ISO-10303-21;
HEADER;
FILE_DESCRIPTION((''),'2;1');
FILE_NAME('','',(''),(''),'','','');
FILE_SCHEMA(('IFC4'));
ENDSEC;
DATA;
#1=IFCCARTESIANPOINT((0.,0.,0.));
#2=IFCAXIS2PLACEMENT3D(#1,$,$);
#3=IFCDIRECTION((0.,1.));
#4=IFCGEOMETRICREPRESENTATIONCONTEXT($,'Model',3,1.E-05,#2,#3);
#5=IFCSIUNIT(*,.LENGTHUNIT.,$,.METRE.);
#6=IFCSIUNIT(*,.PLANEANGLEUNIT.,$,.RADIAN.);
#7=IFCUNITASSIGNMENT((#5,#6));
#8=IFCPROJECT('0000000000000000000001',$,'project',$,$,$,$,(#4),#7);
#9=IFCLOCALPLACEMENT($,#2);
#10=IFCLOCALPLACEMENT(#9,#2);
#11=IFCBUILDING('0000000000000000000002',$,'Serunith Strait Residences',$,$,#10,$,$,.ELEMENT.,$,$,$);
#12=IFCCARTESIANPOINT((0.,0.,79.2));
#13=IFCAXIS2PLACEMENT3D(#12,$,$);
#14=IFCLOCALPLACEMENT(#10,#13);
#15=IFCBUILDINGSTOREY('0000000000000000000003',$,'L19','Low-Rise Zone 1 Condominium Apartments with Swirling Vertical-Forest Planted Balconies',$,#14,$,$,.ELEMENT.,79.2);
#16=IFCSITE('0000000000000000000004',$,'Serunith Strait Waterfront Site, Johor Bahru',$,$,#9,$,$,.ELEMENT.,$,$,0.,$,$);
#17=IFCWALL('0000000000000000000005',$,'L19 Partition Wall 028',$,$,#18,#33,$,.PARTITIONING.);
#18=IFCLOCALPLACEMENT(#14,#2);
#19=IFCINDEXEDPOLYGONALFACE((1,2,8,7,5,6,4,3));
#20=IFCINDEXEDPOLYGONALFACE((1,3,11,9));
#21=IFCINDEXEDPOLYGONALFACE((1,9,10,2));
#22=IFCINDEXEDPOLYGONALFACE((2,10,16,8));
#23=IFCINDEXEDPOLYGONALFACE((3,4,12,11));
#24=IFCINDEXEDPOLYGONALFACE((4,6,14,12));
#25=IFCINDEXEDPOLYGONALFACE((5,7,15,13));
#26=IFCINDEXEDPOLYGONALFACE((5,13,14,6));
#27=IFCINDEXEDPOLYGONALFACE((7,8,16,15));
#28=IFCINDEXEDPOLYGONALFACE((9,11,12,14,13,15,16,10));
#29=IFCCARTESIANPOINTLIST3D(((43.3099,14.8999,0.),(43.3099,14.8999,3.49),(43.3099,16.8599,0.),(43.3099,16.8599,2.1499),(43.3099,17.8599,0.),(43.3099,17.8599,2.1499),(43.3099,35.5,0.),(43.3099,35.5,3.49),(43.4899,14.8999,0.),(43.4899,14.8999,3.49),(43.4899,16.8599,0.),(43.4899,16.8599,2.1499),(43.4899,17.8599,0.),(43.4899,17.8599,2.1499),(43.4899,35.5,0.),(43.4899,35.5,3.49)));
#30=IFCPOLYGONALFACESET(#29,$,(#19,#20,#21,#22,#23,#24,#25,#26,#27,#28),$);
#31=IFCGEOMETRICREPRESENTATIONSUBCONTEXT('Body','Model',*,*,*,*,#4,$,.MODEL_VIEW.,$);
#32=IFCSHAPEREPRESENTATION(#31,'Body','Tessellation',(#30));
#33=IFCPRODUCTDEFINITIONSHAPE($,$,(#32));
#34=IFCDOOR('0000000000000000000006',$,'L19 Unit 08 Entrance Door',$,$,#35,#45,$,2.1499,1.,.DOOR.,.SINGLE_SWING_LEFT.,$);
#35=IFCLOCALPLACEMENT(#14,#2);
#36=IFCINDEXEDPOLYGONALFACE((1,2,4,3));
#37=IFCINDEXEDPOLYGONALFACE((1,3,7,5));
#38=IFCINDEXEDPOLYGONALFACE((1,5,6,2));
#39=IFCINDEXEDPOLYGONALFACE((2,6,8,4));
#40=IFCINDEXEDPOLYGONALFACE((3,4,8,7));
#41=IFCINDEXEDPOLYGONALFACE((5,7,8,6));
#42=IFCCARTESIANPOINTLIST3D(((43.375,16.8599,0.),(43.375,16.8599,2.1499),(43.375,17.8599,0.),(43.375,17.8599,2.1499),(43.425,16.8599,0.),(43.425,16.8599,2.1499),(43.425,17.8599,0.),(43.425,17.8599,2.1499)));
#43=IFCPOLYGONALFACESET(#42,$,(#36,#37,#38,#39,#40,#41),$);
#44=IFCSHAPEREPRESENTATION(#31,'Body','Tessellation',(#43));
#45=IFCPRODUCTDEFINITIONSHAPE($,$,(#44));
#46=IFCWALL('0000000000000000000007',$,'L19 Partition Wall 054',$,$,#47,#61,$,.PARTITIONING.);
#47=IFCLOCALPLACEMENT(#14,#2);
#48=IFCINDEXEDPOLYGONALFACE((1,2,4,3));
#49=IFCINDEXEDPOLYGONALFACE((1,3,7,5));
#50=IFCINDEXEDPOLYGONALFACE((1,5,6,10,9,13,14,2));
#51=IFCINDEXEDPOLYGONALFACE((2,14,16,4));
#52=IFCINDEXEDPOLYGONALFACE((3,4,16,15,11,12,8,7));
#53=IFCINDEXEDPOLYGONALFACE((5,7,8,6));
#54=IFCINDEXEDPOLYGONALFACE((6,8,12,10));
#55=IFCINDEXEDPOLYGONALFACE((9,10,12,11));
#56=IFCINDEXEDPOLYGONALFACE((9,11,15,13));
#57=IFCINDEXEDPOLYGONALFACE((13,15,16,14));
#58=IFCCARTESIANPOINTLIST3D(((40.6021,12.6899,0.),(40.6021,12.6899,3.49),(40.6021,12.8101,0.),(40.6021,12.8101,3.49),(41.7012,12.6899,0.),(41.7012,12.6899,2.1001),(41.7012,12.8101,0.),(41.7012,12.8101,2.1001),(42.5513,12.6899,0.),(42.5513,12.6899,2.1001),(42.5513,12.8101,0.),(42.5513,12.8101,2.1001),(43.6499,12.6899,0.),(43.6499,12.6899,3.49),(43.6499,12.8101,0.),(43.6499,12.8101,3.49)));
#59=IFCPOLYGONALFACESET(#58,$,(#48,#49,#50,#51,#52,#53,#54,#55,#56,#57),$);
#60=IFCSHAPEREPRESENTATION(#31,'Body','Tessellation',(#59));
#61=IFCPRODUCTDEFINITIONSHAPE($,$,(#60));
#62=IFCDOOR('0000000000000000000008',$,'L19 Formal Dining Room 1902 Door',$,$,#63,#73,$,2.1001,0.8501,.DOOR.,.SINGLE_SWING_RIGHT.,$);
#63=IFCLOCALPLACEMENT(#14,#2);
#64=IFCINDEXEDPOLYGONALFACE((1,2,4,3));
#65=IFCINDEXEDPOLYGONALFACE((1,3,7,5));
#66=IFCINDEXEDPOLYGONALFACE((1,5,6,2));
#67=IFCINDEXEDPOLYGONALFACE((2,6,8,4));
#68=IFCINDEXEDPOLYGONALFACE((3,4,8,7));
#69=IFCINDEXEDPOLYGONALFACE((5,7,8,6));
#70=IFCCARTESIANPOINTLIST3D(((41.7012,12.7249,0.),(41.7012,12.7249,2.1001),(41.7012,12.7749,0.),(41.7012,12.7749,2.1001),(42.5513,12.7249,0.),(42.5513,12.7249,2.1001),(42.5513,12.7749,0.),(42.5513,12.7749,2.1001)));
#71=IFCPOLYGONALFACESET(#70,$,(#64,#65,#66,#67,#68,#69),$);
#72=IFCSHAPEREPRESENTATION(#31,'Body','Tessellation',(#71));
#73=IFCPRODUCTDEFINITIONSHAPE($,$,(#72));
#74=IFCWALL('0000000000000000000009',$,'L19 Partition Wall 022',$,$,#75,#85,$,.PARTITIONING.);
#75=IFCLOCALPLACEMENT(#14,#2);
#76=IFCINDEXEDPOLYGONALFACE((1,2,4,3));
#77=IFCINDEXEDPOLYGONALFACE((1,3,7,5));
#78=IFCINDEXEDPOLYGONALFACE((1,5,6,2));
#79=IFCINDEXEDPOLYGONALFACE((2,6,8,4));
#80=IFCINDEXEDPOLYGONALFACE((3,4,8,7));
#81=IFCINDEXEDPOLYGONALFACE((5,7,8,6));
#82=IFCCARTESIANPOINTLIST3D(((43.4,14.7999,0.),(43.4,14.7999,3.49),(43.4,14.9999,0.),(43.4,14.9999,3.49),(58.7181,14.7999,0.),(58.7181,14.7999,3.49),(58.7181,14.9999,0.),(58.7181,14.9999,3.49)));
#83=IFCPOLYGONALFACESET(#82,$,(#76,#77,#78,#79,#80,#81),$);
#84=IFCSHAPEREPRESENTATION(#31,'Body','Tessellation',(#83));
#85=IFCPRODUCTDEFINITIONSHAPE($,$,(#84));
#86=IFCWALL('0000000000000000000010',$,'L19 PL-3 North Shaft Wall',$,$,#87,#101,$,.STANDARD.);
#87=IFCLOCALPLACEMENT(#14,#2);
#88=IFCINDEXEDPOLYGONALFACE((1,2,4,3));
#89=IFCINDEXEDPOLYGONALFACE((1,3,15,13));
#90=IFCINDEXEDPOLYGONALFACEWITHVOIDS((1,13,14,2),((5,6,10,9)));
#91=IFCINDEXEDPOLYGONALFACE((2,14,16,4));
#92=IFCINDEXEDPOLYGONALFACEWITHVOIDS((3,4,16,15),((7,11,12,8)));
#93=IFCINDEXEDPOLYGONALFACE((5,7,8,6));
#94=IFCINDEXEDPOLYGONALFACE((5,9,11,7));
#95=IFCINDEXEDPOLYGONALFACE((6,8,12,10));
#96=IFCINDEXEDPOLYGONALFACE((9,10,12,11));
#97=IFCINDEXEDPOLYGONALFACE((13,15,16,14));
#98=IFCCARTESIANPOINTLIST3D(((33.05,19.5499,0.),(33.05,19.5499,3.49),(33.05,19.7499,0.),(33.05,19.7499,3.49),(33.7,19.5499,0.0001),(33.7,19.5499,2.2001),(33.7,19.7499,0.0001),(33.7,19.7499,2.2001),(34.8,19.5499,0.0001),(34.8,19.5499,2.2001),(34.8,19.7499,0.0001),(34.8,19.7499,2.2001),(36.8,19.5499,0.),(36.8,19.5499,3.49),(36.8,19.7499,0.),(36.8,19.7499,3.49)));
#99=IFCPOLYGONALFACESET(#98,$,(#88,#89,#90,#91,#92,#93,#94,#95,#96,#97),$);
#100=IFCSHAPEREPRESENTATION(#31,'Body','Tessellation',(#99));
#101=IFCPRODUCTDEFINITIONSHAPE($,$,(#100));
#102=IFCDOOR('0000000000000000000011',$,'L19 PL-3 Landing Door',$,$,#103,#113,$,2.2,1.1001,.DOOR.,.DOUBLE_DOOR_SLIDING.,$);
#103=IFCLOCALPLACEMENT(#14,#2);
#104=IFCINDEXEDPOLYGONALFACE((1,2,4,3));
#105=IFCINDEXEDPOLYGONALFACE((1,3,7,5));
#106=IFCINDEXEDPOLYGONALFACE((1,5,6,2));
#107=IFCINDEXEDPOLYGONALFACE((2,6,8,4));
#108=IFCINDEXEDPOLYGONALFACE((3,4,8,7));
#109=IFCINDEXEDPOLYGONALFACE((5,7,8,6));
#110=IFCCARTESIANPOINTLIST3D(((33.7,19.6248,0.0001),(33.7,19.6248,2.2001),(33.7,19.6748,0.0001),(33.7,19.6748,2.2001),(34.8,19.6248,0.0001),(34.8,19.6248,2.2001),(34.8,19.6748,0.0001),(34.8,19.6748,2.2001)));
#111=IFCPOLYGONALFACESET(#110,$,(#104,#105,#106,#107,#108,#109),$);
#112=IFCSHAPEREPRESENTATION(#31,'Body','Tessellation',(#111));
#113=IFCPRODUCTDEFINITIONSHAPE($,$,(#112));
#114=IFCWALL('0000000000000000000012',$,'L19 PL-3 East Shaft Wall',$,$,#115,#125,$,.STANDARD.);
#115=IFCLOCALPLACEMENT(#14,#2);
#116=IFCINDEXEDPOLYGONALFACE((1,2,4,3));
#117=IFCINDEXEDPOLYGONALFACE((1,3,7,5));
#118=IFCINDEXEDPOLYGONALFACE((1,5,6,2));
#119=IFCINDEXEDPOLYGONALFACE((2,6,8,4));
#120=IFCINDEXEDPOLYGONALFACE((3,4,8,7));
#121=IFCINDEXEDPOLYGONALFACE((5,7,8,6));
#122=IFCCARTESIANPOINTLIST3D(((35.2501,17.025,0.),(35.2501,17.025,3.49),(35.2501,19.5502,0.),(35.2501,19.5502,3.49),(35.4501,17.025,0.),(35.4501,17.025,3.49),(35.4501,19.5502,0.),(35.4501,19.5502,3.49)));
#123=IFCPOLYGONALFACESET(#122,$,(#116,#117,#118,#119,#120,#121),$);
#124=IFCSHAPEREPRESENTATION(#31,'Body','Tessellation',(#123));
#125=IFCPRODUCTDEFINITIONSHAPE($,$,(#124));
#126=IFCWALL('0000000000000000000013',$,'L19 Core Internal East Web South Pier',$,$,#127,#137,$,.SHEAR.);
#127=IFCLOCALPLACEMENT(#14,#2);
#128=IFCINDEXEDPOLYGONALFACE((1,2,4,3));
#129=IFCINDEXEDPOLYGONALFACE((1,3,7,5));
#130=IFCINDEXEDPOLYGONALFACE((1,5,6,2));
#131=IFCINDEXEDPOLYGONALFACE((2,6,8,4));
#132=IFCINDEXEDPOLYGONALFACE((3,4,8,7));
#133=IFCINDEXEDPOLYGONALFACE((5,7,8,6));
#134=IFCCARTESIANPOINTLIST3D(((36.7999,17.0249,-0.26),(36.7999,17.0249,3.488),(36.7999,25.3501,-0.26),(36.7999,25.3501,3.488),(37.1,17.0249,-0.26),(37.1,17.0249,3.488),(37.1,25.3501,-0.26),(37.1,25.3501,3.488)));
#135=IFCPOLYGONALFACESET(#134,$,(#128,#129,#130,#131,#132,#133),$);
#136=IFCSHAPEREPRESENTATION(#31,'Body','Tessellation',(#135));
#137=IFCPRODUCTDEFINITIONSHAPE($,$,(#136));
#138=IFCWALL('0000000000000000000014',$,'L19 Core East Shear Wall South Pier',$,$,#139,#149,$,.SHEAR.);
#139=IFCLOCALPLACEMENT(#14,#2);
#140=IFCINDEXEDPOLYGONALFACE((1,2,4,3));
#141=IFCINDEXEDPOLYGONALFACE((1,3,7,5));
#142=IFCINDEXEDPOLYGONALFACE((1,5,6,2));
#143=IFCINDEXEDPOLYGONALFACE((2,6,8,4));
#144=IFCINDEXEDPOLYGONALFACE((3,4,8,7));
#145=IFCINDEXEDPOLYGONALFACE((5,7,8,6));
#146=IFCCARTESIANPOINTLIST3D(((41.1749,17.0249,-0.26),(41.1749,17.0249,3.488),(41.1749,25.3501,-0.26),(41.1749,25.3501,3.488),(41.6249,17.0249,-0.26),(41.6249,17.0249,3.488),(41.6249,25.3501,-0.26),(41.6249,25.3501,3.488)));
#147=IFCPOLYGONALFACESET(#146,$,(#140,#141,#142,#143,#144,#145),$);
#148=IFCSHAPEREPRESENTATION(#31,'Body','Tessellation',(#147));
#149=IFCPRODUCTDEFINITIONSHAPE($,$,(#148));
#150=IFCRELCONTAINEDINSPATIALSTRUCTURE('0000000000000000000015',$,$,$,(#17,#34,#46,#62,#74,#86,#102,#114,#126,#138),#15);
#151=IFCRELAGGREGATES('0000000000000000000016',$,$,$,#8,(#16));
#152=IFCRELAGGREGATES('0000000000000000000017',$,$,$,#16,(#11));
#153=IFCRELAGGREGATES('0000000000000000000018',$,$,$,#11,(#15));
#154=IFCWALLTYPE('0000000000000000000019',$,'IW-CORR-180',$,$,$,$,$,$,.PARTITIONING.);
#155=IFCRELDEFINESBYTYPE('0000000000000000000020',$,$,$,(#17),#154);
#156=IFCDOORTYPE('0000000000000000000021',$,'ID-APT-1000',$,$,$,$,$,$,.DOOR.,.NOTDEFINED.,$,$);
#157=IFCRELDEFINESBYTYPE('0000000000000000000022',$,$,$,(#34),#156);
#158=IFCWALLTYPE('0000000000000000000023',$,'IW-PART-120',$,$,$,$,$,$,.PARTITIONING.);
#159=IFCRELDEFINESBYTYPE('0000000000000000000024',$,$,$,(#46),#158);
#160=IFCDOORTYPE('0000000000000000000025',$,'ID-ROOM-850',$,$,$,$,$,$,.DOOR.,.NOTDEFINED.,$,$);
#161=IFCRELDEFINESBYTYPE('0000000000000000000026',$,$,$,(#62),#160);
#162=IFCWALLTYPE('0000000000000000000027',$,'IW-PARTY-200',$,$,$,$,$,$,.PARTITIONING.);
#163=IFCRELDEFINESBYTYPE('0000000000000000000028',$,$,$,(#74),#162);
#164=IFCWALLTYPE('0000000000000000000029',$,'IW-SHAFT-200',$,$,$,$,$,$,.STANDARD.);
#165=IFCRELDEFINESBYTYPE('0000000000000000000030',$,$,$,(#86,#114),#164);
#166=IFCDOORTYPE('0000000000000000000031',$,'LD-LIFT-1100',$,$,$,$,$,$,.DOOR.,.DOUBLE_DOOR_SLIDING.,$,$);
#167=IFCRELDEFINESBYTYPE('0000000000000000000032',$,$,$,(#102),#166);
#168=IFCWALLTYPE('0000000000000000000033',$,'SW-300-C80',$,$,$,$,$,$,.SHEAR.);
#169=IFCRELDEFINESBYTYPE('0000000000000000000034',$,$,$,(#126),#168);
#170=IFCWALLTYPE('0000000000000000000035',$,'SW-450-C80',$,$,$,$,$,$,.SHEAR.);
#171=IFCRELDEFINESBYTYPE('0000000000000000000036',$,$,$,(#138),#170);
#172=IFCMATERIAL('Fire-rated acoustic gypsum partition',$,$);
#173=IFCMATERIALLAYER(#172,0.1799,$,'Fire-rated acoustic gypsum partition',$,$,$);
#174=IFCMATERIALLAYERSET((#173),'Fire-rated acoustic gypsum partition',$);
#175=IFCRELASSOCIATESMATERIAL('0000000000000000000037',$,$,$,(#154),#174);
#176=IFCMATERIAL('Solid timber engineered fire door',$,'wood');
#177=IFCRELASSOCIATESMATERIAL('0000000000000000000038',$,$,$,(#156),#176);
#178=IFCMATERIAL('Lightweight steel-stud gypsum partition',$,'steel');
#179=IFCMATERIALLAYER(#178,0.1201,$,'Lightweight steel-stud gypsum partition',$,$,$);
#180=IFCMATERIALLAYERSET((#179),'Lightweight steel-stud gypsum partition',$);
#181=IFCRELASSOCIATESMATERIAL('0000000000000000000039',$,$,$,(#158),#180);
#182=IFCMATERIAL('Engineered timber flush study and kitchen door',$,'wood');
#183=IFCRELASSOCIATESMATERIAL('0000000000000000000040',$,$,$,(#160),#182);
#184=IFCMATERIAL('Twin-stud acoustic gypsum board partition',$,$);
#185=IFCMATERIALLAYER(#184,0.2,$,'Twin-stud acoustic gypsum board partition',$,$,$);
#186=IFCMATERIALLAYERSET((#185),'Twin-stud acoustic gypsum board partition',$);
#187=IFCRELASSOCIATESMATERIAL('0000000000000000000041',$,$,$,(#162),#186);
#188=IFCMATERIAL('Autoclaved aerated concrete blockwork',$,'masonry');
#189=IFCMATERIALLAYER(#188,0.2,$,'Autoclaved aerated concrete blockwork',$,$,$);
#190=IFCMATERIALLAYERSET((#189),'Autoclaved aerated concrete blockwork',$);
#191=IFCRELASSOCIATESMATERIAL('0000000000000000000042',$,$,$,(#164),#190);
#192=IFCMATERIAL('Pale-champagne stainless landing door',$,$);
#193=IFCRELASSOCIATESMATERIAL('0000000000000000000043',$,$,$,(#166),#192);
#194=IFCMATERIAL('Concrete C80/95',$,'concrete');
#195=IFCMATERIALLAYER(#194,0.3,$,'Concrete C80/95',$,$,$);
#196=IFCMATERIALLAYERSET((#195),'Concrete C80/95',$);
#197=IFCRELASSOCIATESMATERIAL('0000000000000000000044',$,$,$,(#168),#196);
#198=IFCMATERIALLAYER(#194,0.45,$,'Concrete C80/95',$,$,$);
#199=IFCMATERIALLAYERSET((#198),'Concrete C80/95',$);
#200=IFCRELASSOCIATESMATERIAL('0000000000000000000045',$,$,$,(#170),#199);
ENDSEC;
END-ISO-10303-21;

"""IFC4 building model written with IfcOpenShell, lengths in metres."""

from ifc_helpers import new_model, si_unit, direction, frame, frame_2d, origin, place, context, subcontext, project, spatial, rectangle, extrude, source, transform, mapped, material, layer, layer_set, type_object, element, fill, save


model = new_model("IFC4")

# Units and contexts
model_context = context("Model", 3, precision=1e-05, world=origin(), true_north=direction((0.0, 1.0)))
body_context = subcontext(model_context, "Body", "Model", "MODEL_VIEW")
ifc_project = project(units=[si_unit("LENGTHUNIT", "METRE"), si_unit("PLANEANGLEUNIT", "RADIAN")], contexts=[model_context])

# Site, building, storey
site_placement = place(None, origin())
site = spatial("IfcSite", under=ifc_project, at=site_placement, Name="Serunith Strait Waterfront Site, Johor Bahru", CompositionType="ELEMENT", RefElevation=0.0)
building_placement = place(site_placement, origin())
building = spatial("IfcBuilding", under=site, at=building_placement, Name="Serunith Strait Residences", CompositionType="ELEMENT")
storey_placement = place(building_placement, frame((0.0, 0.0, 79.2)))
storey = spatial("IfcBuildingStorey", under=building, at=storey_placement, Name="L19", Description="Low-Rise Zone 1 Condominium Apartments with Swirling Vertical-Forest Planted Balconies", CompositionType="ELEMENT", Elevation=79.2)

# Walls, openings, doors
ifc_material_1 = material(Name="Fire-rated acoustic gypsum partition")
ifc_layer_1 = layer(ifc_material_1, 0.1799, Name="Fire-rated acoustic gypsum partition")
ifc_layer_set_1 = layer_set([ifc_layer_1], Name="Fire-rated acoustic gypsum partition")
wall_type_1 = type_object("IfcWallType", Name="IW-CORR-180", PredefinedType="PARTITIONING", material=ifc_layer_set_1)
wall_1_placement = place(storey_placement, frame((43.3999, 14.8999, 0.0), z_axis=(0.0, 0.0, 1.0), x_axis=(0.0, 1.0, 0.0)))
wall_1 = element("IfcWall", 1, at=wall_1_placement, inside=storey, type_object=wall_type_1, Name="L19 Partition Wall 028", PredefinedType="PARTITIONING", context=body_context, shape_type="SweptSolid", body=[
    extrude(rectangle(XDim=20.6001, YDim=0.1799, at=frame_2d((10.3, 0.0))), origin(), (0.0, 0.0, 1.0), 3.49),
])
opening_1_placement = place(wall_1_placement, frame((1.96, 0.0, 0.0)))
opening_1 = element("IfcOpeningElement", 2, at=opening_1_placement, cuts=wall_1, PredefinedType="OPENING", context=body_context, shape_type="SweptSolid", body=[
    extrude(rectangle(XDim=1.0, YDim=2.1499, at=frame_2d((0.5, 1.075))), frame((0.0, 0.1001, 0.0), z_axis=(0.0, -1.0, 0.0), x_axis=(1.0, 0.0, 0.0)), (0.0, 0.0, 1.0), 0.2),
])
ifc_material_2 = material(Name="Solid timber engineered fire door", Category="wood")
door_type_1 = type_object("IfcDoorType", Name="ID-APT-1000", OperationType="NOTDEFINED", PredefinedType="DOOR", material=ifc_material_2)
shared_shape_1 = source(origin(), body_context, "Body", "SweptSolid", [
    extrude(rectangle(XDim=1.0, YDim=2.1499, at=frame_2d((0.5, 1.075))), frame((0.0, 0.0249, 0.0), z_axis=(0.0, -1.0, 0.0), x_axis=(1.0, 0.0, 0.0)), (0.0, 0.0, 1.0), 0.05),
])
door_1_placement = place(opening_1_placement, origin())
door_1 = element("IfcDoor", 3, at=door_1_placement, inside=storey, type_object=door_type_1, Name="L19 Unit 08 Entrance Door", OperationType="SINGLE_SWING_LEFT", OverallHeight=2.1499, OverallWidth=1.0, PredefinedType="DOOR", context=body_context, shape_type="MappedRepresentation", body=[
    mapped(shared_shape_1, transform((0.0, 0.0, 0.0), scale=1.0)),
])
fill(opening_1, door_1)
ifc_material_3 = material(Name="Lightweight steel-stud gypsum partition", Category="steel")
ifc_layer_2 = layer(ifc_material_3, 0.1201, Name="Lightweight steel-stud gypsum partition")
ifc_layer_set_2 = layer_set([ifc_layer_2], Name="Lightweight steel-stud gypsum partition")
wall_type_2 = type_object("IfcWallType", Name="IW-PART-120", PredefinedType="PARTITIONING", material=ifc_layer_set_2)
wall_2_placement = place(storey_placement, frame((40.6021, 12.75, 0.0), z_axis=(0.0, 0.0, 1.0), x_axis=(1.0, 0.0, 0.0)))
wall_2 = element("IfcWall", 4, at=wall_2_placement, inside=storey, type_object=wall_type_2, Name="L19 Partition Wall 054", PredefinedType="PARTITIONING", context=body_context, shape_type="SweptSolid", body=[
    extrude(rectangle(XDim=3.0479, YDim=0.1201, at=frame_2d((1.5239, 0.0))), origin(), (0.0, 0.0, 1.0), 3.49),
])
opening_2_placement = place(wall_2_placement, frame((1.0991, 0.0, 0.0)))
opening_2 = element("IfcOpeningElement", 5, at=opening_2_placement, cuts=wall_2, PredefinedType="OPENING", context=body_context, shape_type="SweptSolid", body=[
    extrude(rectangle(XDim=0.8501, YDim=2.1001, at=frame_2d((0.425, 1.05))), frame((0.0, 0.0701, 0.0), z_axis=(0.0, -1.0, 0.0), x_axis=(1.0, 0.0, 0.0)), (0.0, 0.0, 1.0), 0.1401),
])
ifc_material_4 = material(Name="Engineered timber flush study and kitchen door", Category="wood")
door_type_2 = type_object("IfcDoorType", Name="ID-ROOM-850", OperationType="NOTDEFINED", PredefinedType="DOOR", material=ifc_material_4)
shared_shape_2 = source(origin(), body_context, "Body", "SweptSolid", [
    extrude(rectangle(XDim=0.8501, YDim=2.1001, at=frame_2d((0.425, 1.05))), frame((0.0, 0.0249, 0.0), z_axis=(0.0, -1.0, 0.0), x_axis=(1.0, 0.0, 0.0)), (0.0, 0.0, 1.0), 0.05),
])
door_2_placement = place(opening_2_placement, origin())
door_2 = element("IfcDoor", 6, at=door_2_placement, inside=storey, type_object=door_type_2, Name="L19 Formal Dining Room 1902 Door", OperationType="SINGLE_SWING_RIGHT", OverallHeight=2.1001, OverallWidth=0.8501, PredefinedType="DOOR", context=body_context, shape_type="MappedRepresentation", body=[
    mapped(shared_shape_2, transform((0.0, 0.0, 0.0), scale=1.0)),
])
fill(opening_2, door_2)

# Wall
ifc_material_5 = material(Name="Twin-stud acoustic gypsum board partition")
ifc_layer_3 = layer(ifc_material_5, 0.2, Name="Twin-stud acoustic gypsum board partition")
ifc_layer_set_3 = layer_set([ifc_layer_3], Name="Twin-stud acoustic gypsum board partition")
wall_type_3 = type_object("IfcWallType", Name="IW-PARTY-200", PredefinedType="PARTITIONING", material=ifc_layer_set_3)
wall_3_placement = place(storey_placement, frame((43.3999, 14.8999, 0.0), z_axis=(0.0, 0.0, 1.0), x_axis=(1.0, 0.0, 0.0)))
element("IfcWall", 7, at=wall_3_placement, inside=storey, type_object=wall_type_3, Name="L19 Partition Wall 022", PredefinedType="PARTITIONING", context=body_context, shape_type="SweptSolid", body=[
    extrude(rectangle(XDim=15.3181, YDim=0.2, at=frame_2d((7.6592, 0.0))), origin(), (0.0, 0.0, 1.0), 3.49),
])

# Wall, opening, door
ifc_material_6 = material(Name="Autoclaved aerated concrete blockwork", Category="masonry")
ifc_layer_4 = layer(ifc_material_6, 0.2, Name="Autoclaved aerated concrete blockwork")
ifc_layer_set_4 = layer_set([ifc_layer_4], Name="Autoclaved aerated concrete blockwork")
wall_type_4 = type_object("IfcWallType", Name="IW-SHAFT-200", PredefinedType="STANDARD", material=ifc_layer_set_4)
wall_4_placement = place(storey_placement, frame((33.05, 19.6499, 0.0), z_axis=(0.0, 0.0, 1.0), x_axis=(1.0, 0.0, 0.0)))
wall_4 = element("IfcWall", 8, at=wall_4_placement, inside=storey, type_object=wall_type_4, Name="L19 PL-3 North Shaft Wall", PredefinedType="STANDARD", context=body_context, shape_type="SweptSolid", body=[
    extrude(rectangle(XDim=3.75, YDim=0.2, at=frame_2d((1.875, 0.0))), origin(), (0.0, 0.0, 1.0), 3.49),
])
opening_3_placement = place(wall_4_placement, frame((0.6499, 0.0, 0.0)))
opening_3 = element("IfcOpeningElement", 9, at=opening_3_placement, cuts=wall_4, PredefinedType="OPENING", context=body_context, shape_type="SweptSolid", body=[
    extrude(rectangle(XDim=1.1001, YDim=2.2, at=frame_2d((0.55, 1.1001))), frame((0.0, 0.1099, 0.0), z_axis=(0.0, -1.0, 0.0), x_axis=(1.0, 0.0, 0.0)), (0.0, 0.0, 1.0), 0.22),
])
ifc_material_7 = material(Name="Pale-champagne stainless landing door")
door_type_3 = type_object("IfcDoorType", Name="LD-LIFT-1100", OperationType="DOUBLE_DOOR_SLIDING", PredefinedType="DOOR", material=ifc_material_7)
shared_shape_3 = source(origin(), body_context, "Body", "SweptSolid", [
    extrude(rectangle(XDim=1.1001, YDim=2.2, at=frame_2d((0.55, 1.1001))), frame((0.0, 0.0249, 0.0), z_axis=(0.0, -1.0, 0.0), x_axis=(1.0, 0.0, 0.0)), (0.0, 0.0, 1.0), 0.05),
])
door_3_placement = place(opening_3_placement, origin())
door_3 = element("IfcDoor", 10, at=door_3_placement, inside=storey, type_object=door_type_3, Name="L19 PL-3 Landing Door", OperationType="DOUBLE_DOOR_SLIDING", OverallHeight=2.2, OverallWidth=1.1001, PredefinedType="DOOR", context=body_context, shape_type="MappedRepresentation", body=[
    mapped(shared_shape_3, transform((0.0, 0.0, 0.0), scale=1.0)),
])
fill(opening_3, door_3)

# Walls
wall_5_placement = place(storey_placement, frame((35.3501, 17.0249, 0.0), z_axis=(0.0, 0.0, 1.0), x_axis=(0.0, 1.0, 0.0)))
element("IfcWall", 11, at=wall_5_placement, inside=storey, type_object=wall_type_4, Name="L19 PL-3 East Shaft Wall", PredefinedType="STANDARD", context=body_context, shape_type="SweptSolid", body=[
    extrude(rectangle(XDim=2.5251, YDim=0.2, at=frame_2d((1.2627, 0.0))), origin(), (0.0, 0.0, 1.0), 3.49),
])
ifc_material_8 = material(Name="Concrete C80/95", Category="concrete")
ifc_layer_5 = layer(ifc_material_8, 0.3, Name="Concrete C80/95")
ifc_layer_set_5 = layer_set([ifc_layer_5], Name="Concrete C80/95")
wall_type_5 = type_object("IfcWallType", Name="SW-300-C80", PredefinedType="SHEAR", material=ifc_layer_set_5)
wall_6_placement = place(storey_placement, frame((36.95, 17.0249, -0.26), z_axis=(0.0, 0.0, 1.0), x_axis=(0.0, 1.0, 0.0)))
element("IfcWall", 12, at=wall_6_placement, inside=storey, type_object=wall_type_5, Name="L19 Core Internal East Web South Pier", PredefinedType="SHEAR", context=body_context, shape_type="SweptSolid", body=[
    extrude(rectangle(XDim=8.3252, YDim=0.3, at=frame_2d((4.1626, 0.0))), origin(), (0.0, 0.0, 1.0), 3.748),
])
ifc_layer_6 = layer(ifc_material_8, 0.45, Name="Concrete C80/95")
ifc_layer_set_6 = layer_set([ifc_layer_6], Name="Concrete C80/95")
wall_type_6 = type_object("IfcWallType", Name="SW-450-C80", PredefinedType="SHEAR", material=ifc_layer_set_6)
wall_7_placement = place(storey_placement, frame((41.3999, 17.0249, -0.26), z_axis=(0.0, 0.0, 1.0), x_axis=(0.0, 1.0, 0.0)))
element("IfcWall", 13, at=wall_7_placement, inside=storey, type_object=wall_type_6, Name="L19 Core East Shear Wall South Pier", PredefinedType="SHEAR", context=body_context, shape_type="SweptSolid", body=[
    extrude(rectangle(XDim=8.3252, YDim=0.45, at=frame_2d((4.1626, 0.0))), origin(), (0.0, 0.0, 1.0), 3.748),
])

save(model, "model.ifc")
